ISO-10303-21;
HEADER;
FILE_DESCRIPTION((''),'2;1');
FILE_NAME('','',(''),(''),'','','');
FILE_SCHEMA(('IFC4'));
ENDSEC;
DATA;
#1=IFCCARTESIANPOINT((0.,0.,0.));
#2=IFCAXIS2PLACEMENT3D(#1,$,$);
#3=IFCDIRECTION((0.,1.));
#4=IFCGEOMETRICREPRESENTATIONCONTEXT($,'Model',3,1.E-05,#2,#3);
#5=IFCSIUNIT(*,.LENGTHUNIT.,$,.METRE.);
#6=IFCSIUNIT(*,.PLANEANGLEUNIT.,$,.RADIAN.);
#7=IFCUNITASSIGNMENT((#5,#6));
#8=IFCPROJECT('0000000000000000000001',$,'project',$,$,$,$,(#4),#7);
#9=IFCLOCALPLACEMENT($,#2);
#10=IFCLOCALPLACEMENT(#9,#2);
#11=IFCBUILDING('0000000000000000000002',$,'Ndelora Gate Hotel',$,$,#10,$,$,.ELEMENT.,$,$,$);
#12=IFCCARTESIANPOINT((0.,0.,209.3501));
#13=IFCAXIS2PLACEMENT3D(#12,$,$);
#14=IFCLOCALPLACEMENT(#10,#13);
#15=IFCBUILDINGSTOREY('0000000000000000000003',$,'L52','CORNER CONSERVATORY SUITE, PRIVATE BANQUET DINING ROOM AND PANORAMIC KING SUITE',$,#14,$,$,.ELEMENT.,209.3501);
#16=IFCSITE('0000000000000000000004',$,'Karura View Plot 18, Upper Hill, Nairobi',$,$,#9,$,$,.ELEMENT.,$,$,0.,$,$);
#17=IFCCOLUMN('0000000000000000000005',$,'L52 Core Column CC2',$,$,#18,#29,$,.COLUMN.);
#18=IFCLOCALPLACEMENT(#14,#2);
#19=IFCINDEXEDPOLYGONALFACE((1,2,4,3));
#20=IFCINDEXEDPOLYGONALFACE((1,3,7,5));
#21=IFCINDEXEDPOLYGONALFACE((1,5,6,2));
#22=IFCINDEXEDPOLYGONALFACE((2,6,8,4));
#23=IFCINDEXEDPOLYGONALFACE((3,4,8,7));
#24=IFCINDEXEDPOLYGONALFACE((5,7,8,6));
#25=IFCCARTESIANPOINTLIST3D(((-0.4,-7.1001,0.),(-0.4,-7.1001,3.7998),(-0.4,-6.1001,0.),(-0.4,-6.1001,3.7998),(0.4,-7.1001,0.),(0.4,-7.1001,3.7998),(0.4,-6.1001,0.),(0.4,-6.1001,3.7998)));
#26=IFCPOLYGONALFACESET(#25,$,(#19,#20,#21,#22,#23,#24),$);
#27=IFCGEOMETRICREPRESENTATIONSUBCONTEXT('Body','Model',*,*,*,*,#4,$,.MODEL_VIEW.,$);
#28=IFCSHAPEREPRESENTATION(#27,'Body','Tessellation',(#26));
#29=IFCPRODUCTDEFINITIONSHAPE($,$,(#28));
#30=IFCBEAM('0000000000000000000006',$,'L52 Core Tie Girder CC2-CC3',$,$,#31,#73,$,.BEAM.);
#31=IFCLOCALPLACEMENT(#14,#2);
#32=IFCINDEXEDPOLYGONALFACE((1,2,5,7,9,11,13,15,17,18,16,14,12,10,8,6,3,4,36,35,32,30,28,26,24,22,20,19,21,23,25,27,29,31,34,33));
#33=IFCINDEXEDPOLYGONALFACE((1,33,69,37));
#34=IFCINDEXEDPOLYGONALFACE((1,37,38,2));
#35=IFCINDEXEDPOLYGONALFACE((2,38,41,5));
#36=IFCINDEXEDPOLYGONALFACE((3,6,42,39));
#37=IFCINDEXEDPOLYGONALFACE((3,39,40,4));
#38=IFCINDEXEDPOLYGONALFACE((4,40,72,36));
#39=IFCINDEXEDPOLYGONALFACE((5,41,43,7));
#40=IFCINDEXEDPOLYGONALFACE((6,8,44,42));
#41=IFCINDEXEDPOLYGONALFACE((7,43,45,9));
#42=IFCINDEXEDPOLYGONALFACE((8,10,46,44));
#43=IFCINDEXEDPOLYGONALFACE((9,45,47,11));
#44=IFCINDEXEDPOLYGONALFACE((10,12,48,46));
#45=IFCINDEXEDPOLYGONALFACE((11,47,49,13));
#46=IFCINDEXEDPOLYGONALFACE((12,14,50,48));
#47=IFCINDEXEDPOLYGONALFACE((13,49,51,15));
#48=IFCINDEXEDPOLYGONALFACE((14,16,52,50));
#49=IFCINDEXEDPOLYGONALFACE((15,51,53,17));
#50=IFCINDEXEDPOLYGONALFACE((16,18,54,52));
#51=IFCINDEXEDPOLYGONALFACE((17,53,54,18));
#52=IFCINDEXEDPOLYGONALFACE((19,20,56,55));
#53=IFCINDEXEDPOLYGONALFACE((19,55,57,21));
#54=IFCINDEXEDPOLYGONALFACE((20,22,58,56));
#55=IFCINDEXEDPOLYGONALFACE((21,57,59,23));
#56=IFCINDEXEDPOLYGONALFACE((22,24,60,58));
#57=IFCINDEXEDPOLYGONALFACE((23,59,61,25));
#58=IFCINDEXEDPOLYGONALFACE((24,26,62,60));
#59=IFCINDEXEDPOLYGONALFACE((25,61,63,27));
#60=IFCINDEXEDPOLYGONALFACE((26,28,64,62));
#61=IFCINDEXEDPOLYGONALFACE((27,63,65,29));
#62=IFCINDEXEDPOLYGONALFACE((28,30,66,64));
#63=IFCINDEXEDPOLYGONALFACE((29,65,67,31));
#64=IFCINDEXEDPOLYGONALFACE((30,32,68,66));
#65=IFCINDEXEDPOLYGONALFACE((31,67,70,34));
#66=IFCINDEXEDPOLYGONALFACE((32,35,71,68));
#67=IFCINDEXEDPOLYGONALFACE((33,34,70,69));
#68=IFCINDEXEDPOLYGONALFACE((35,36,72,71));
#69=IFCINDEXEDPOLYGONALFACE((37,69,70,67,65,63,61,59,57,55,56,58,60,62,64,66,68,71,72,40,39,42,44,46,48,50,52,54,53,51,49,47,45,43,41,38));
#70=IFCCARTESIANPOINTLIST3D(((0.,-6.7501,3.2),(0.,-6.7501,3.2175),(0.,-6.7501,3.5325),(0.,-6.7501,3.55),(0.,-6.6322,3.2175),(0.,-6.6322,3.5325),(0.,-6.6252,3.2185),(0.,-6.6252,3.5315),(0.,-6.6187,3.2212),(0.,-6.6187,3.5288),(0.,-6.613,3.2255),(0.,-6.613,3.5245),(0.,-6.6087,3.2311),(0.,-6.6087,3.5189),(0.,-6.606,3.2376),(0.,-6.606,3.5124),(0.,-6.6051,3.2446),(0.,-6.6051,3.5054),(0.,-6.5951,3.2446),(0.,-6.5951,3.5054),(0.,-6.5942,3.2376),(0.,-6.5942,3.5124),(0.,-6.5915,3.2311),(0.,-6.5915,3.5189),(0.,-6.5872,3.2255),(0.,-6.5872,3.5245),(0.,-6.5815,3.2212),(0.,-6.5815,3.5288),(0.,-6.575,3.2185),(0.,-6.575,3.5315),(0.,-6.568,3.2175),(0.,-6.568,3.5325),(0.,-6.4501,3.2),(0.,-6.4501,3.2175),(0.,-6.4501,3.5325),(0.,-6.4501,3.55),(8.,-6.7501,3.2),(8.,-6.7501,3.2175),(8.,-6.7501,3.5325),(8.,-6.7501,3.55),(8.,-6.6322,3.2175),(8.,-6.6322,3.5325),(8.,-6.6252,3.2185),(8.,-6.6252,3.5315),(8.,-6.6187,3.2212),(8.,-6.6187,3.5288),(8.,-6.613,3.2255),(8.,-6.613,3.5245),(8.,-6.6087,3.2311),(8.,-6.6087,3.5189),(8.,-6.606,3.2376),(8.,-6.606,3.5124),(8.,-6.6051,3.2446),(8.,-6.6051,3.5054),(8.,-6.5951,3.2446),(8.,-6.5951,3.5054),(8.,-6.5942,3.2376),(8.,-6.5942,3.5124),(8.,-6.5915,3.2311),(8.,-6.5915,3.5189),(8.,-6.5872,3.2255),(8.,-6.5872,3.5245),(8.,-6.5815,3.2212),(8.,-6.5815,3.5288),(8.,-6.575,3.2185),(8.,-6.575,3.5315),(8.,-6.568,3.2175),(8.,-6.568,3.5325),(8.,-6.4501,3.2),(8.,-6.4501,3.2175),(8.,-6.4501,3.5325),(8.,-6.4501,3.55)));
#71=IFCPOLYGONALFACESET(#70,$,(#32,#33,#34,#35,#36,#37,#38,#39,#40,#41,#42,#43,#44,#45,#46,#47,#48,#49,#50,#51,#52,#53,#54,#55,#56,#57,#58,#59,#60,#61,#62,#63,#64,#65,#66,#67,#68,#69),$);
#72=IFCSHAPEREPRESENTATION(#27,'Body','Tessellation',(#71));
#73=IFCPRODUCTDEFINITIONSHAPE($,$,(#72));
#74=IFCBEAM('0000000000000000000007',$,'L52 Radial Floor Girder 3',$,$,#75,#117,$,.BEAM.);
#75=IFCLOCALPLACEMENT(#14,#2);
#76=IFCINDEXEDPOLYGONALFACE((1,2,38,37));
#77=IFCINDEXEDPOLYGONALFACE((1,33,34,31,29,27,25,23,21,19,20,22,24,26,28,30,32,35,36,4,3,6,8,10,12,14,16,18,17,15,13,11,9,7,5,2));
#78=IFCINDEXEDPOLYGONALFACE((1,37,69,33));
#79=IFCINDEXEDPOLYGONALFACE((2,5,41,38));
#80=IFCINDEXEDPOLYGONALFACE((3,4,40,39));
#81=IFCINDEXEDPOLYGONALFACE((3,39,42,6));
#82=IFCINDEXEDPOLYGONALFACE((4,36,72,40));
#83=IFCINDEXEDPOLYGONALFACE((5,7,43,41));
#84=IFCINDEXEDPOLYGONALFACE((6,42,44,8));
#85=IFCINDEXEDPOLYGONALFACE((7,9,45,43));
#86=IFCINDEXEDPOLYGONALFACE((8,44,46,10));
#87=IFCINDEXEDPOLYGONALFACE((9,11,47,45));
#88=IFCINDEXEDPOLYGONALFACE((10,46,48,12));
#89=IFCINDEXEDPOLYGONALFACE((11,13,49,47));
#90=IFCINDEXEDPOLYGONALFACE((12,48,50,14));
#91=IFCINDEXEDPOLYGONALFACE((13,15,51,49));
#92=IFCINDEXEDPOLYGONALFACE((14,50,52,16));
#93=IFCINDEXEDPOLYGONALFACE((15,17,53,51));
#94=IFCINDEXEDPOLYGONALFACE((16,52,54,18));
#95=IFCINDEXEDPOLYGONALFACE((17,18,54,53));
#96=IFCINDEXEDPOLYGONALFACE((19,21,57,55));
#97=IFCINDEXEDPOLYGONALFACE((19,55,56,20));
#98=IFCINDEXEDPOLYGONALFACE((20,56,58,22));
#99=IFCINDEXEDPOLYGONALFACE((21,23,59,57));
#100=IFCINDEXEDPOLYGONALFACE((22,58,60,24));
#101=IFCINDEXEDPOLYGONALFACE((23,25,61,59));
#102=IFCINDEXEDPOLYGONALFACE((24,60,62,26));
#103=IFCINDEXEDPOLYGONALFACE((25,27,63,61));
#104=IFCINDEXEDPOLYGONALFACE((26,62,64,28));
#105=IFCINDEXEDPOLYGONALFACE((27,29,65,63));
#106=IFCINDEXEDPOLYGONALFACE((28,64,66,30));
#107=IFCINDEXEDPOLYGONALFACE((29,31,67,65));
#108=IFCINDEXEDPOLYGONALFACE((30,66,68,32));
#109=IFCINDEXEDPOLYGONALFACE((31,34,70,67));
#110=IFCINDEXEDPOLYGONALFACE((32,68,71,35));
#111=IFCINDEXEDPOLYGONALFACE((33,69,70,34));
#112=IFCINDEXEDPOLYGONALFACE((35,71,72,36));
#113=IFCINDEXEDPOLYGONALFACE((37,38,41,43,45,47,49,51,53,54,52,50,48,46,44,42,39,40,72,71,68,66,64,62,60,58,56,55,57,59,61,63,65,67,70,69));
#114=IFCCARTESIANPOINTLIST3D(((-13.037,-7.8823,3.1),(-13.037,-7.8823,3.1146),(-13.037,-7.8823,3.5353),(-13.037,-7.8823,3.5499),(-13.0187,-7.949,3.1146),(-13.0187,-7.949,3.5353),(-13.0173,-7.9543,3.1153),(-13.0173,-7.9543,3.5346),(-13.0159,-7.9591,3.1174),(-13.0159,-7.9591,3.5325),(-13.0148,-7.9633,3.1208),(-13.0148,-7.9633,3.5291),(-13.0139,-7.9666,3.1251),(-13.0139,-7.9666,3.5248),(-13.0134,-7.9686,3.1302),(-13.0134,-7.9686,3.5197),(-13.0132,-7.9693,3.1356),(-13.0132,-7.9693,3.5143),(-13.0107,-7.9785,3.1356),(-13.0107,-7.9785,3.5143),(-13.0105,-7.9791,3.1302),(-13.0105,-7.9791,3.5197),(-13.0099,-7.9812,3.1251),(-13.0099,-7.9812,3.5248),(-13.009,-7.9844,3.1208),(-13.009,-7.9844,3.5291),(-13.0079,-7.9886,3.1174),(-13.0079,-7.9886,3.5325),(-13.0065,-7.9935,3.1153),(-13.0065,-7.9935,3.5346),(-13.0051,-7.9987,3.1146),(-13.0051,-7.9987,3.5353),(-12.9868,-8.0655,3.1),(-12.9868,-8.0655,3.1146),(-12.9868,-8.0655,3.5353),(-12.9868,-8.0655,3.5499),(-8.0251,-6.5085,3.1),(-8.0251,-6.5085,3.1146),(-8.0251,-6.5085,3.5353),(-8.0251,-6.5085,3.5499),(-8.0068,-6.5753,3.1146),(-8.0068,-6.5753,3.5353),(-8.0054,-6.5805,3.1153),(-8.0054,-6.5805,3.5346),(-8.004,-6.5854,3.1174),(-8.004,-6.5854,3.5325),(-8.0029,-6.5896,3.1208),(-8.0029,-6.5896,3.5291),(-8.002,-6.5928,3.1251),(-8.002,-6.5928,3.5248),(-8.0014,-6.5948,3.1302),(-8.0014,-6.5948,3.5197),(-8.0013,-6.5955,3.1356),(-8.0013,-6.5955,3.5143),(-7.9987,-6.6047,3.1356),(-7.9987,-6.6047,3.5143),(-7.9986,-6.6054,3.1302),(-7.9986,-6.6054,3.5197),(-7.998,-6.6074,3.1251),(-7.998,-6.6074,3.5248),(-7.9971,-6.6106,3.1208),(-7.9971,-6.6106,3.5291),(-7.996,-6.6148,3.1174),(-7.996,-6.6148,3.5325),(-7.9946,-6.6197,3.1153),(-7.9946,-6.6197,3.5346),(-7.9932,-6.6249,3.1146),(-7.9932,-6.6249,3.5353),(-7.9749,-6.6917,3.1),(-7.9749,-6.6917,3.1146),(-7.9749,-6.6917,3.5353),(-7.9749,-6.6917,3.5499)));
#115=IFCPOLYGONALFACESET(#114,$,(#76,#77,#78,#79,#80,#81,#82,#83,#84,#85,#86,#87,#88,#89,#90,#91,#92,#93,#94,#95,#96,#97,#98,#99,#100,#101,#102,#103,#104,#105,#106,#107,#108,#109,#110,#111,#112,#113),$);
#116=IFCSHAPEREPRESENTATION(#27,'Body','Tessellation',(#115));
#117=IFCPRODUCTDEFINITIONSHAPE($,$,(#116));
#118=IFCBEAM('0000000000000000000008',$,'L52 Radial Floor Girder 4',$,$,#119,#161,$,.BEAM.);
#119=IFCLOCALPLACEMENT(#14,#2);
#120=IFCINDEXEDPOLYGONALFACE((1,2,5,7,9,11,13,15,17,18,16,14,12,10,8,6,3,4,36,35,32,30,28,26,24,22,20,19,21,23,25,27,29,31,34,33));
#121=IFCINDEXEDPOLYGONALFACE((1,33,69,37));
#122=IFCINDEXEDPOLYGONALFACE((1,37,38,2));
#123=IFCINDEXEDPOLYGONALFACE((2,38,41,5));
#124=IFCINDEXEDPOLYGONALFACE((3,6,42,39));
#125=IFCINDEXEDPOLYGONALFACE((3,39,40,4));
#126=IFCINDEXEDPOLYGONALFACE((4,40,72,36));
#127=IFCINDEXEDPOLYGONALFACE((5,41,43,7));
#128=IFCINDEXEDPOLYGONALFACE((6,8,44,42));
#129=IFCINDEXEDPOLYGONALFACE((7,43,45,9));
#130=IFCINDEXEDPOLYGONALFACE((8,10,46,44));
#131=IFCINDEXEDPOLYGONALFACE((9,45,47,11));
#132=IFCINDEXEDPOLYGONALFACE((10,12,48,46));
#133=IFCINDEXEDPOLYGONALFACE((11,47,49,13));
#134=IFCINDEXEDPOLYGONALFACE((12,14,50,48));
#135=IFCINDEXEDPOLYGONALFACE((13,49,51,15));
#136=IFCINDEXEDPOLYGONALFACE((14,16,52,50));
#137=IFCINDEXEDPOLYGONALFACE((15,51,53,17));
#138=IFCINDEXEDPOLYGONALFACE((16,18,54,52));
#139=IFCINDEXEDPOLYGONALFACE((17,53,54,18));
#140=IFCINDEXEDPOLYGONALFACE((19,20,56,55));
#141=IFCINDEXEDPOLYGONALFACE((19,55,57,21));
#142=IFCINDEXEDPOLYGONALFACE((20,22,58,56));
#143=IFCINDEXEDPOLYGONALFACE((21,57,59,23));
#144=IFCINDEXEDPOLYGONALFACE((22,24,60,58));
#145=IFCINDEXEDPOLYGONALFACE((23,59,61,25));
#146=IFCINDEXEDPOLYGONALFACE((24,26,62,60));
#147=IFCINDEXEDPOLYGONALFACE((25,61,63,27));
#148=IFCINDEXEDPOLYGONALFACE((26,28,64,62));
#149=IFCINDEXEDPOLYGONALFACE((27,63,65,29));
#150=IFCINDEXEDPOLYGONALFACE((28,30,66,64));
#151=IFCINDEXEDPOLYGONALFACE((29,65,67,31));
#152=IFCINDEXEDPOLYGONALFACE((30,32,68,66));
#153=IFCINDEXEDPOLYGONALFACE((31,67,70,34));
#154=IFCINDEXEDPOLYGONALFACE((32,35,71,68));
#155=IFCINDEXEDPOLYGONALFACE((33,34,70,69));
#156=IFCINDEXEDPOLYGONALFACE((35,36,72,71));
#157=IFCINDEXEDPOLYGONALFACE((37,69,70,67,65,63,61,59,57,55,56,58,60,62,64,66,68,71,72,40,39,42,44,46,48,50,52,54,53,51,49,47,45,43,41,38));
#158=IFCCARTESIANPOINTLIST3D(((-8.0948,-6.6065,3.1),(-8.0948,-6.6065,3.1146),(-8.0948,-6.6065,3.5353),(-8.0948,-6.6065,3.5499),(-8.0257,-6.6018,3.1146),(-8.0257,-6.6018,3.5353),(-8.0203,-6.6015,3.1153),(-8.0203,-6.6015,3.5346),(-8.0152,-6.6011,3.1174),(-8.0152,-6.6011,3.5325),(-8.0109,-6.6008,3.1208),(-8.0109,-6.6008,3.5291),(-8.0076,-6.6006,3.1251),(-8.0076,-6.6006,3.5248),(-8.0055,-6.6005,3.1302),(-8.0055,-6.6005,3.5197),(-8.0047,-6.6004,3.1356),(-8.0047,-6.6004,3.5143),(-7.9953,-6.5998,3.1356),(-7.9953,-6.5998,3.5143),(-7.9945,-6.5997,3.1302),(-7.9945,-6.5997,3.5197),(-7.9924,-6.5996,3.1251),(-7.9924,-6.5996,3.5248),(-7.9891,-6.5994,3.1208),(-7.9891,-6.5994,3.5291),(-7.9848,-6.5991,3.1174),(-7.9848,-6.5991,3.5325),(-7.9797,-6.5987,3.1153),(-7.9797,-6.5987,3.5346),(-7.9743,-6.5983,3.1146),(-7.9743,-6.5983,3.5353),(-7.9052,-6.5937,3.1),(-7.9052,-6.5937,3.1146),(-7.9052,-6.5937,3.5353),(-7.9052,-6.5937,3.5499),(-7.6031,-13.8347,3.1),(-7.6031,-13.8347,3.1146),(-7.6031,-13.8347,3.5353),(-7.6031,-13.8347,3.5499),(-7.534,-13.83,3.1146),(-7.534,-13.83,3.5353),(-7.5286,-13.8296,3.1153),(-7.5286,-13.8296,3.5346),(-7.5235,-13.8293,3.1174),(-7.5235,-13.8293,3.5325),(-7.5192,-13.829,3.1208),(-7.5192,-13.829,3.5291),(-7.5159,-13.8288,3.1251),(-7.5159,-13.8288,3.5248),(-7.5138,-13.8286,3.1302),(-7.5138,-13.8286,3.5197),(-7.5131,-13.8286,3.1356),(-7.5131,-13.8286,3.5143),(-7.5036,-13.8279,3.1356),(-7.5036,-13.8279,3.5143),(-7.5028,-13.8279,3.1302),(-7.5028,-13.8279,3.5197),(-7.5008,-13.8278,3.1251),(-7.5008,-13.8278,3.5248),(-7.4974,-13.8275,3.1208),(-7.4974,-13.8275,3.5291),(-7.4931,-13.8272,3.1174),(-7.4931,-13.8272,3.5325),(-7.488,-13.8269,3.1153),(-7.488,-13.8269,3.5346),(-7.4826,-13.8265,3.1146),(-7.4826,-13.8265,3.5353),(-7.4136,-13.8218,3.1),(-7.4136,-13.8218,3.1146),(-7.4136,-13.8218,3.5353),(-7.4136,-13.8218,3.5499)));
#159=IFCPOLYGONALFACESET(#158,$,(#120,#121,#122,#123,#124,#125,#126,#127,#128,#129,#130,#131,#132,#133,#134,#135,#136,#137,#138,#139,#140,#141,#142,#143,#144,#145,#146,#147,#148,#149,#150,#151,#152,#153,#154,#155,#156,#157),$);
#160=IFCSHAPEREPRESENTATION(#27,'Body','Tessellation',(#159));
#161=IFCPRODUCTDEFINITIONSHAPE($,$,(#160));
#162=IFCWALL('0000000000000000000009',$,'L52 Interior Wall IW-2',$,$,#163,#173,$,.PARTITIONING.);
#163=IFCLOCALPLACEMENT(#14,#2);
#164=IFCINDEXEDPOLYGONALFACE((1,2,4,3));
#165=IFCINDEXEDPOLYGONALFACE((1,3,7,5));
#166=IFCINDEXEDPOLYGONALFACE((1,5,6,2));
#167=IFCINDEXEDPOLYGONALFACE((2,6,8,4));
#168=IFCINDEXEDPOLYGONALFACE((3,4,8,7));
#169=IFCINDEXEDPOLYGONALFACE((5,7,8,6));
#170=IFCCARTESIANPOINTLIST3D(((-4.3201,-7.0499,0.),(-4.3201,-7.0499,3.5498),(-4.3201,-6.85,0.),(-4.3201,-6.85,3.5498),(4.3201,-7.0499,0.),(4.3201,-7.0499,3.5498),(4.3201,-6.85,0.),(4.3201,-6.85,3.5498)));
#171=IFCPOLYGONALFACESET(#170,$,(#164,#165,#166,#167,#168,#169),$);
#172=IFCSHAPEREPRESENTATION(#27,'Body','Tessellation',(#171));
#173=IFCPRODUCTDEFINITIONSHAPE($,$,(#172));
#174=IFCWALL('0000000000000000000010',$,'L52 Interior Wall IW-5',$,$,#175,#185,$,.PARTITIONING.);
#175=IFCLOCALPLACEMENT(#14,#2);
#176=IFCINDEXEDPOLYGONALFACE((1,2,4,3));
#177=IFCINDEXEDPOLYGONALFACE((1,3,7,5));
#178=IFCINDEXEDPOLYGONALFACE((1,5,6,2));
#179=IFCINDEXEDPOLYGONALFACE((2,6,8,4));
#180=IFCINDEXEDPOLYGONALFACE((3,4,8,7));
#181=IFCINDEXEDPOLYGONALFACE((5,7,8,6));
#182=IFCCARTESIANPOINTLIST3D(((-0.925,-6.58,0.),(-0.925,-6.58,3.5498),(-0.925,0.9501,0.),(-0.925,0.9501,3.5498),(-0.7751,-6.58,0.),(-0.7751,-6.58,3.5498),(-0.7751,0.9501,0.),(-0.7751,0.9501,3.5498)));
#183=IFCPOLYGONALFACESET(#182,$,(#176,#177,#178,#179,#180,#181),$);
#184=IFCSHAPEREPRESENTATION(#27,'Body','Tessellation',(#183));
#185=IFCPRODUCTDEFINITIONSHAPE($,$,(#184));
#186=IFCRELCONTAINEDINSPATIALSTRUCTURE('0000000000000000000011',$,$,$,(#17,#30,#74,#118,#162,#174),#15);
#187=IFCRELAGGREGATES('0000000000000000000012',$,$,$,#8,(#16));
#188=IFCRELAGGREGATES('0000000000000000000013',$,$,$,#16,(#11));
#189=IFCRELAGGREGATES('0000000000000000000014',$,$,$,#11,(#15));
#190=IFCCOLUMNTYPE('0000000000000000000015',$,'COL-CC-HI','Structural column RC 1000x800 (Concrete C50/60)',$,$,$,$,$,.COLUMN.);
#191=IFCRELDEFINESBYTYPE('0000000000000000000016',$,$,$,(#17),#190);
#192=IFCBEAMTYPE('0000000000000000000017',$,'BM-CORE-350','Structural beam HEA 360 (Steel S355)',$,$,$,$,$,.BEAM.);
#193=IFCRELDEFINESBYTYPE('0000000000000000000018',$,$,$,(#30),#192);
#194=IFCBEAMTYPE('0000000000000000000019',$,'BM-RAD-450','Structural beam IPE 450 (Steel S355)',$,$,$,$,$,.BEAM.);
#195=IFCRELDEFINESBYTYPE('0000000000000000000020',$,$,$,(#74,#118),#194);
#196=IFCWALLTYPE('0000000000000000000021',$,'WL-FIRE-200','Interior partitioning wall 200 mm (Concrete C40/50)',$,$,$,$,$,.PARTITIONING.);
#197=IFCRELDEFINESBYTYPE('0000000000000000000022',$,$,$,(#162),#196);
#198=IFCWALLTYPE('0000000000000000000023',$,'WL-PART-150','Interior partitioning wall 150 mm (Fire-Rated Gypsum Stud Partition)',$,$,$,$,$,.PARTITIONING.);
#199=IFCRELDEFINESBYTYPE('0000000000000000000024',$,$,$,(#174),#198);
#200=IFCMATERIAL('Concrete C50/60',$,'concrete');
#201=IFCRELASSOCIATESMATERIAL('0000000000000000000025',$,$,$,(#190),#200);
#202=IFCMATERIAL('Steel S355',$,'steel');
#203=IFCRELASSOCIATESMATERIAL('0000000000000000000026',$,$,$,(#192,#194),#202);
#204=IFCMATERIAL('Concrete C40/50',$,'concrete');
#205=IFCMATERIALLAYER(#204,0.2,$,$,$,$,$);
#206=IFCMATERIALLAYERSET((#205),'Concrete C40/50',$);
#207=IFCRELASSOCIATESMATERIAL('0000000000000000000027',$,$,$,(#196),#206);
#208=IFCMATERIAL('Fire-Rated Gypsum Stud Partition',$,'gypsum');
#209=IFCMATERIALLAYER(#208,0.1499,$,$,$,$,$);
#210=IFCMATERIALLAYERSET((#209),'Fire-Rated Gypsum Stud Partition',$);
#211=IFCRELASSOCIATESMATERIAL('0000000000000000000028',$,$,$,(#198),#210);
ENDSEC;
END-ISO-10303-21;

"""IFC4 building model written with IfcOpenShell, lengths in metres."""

from ifc_helpers import new_model, si_unit, direction, frame, frame_2d, origin, origin_2d, place, context, subcontext, project, spatial, rectangle, i_section, extrude, material, layer, layer_set, material_profile, profile_set, type_object, element, save


model = new_model("IFC4")

# Units and contexts
model_context = context("Model", 3, precision=1e-05, world=origin(), true_north=direction((0.0, 1.0)))
body_context = subcontext(model_context, "Body", "Model", "MODEL_VIEW")
ifc_project = project(units=[si_unit("LENGTHUNIT", "METRE"), si_unit("PLANEANGLEUNIT", "RADIAN")], contexts=[model_context])

# Site, building, storey
site_placement = place(None, origin())
site = spatial("IfcSite", under=ifc_project, at=site_placement, Name="Karura View Plot 18, Upper Hill, Nairobi", CompositionType="ELEMENT", RefElevation=0.0)
building_placement = place(site_placement, origin())
building = spatial("IfcBuilding", under=site, at=building_placement, Name="Ndelora Gate Hotel", CompositionType="ELEMENT")
storey_placement = place(building_placement, frame((0.0, 0.0, 209.3501)))
storey = spatial("IfcBuildingStorey", under=building, at=storey_placement, Name="L52", Description="CORNER CONSERVATORY SUITE, PRIVATE BANQUET DINING ROOM AND PANORAMIC KING SUITE", CompositionType="ELEMENT", Elevation=209.3501)

# Column
ifc_material_1 = material(Name="Concrete C50/60", Category="concrete")
ifc_material_profile_1 = material_profile(ifc_material_1, rectangle(XDim=0.8, YDim=1.0, at=origin_2d()), Name="RC 1000x800")
ifc_profile_set_1 = profile_set([ifc_material_profile_1], Name="Concrete C50/60")
column_type = type_object("IfcColumnType", Name="COL-CC-HI", Description="Structural column RC 1000x800 (Concrete C50/60)", PredefinedType="COLUMN", material=ifc_profile_set_1)
column_placement = place(storey_placement, frame((0.0, -6.6001, 0.0), z_axis=(0.0, 0.0, 1.0), x_axis=(1.0, 0.0, 0.0)))
element("IfcColumn", 1, at=column_placement, inside=storey, type_object=column_type, Name="L52 Core Column CC2", PredefinedType="COLUMN", context=body_context, shape_type="SweptSolid", body=[
    extrude(rectangle(XDim=0.8, YDim=1.0, at=origin_2d()), origin(), (0.0, 0.0, 1.0), 3.7998),
])

# Beams
ifc_material_2 = material(Name="Steel S355", Category="steel")
ifc_material_profile_2 = material_profile(ifc_material_2, i_section(OverallWidth=0.3, OverallDepth=0.3501, WebThickness=0.01, FlangeThickness=0.0176, FilletRadius=0.0271, at=origin_2d()), Name="HEA 360")
ifc_profile_set_2 = profile_set([ifc_material_profile_2], Name="Steel S355")
beam_type_1 = type_object("IfcBeamType", Name="BM-CORE-350", Description="Structural beam HEA 360 (Steel S355)", PredefinedType="BEAM", material=ifc_profile_set_2)
beam_1_placement = place(storey_placement, frame((0.0, -6.6001, 3.375), z_axis=(1.0, 0.0, 0.0), x_axis=(0.0, 1.0, 0.0)))
element("IfcBeam", 2, at=beam_1_placement, inside=storey, type_object=beam_type_1, Name="L52 Core Tie Girder CC2-CC3", PredefinedType="BEAM", context=body_context, shape_type="SweptSolid", body=[
    extrude(i_section(OverallWidth=0.3, OverallDepth=0.3501, WebThickness=0.01, FlangeThickness=0.0176, FilletRadius=0.0271, at=origin_2d()), origin(), (0.0, 0.0, 1.0), 8.0),
])
ifc_material_profile_3 = material_profile(ifc_material_2, i_section(OverallWidth=0.1899, OverallDepth=0.45, WebThickness=0.0095, FlangeThickness=0.0146, FilletRadius=0.021, at=origin_2d()), Name="IPE 450")
ifc_profile_set_3 = profile_set([ifc_material_profile_3], Name="Steel S355")
beam_type_2 = type_object("IfcBeamType", Name="BM-RAD-450", Description="Structural beam IPE 450 (Steel S355)", PredefinedType="BEAM", material=ifc_profile_set_3)
beam_2_placement = place(storey_placement, frame((-8.0, -6.6001, 3.325), z_axis=(-0.964427, -0.264349, 0.0), x_axis=(0.264349, -0.964427, 0.0)))
element("IfcBeam", 3, at=beam_2_placement, inside=storey, type_object=beam_type_2, Name="L52 Radial Floor Girder 3", PredefinedType="BEAM", context=body_context, shape_type="SweptSolid", body=[
    extrude(i_section(OverallWidth=0.1899, OverallDepth=0.45, WebThickness=0.0095, FlangeThickness=0.0146, FilletRadius=0.021, at=origin_2d()), origin(), (0.0, 0.0, 1.0), 5.1968),
])
beam_3_placement = place(storey_placement, frame((-8.0, -6.6001, 3.325), z_axis=(0.067868, -0.997694, 0.0), x_axis=(0.997694, 0.067868, 0.0)))
element("IfcBeam", 4, at=beam_3_placement, inside=storey, type_object=beam_type_2, Name="L52 Radial Floor Girder 4", PredefinedType="BEAM", context=body_context, shape_type="SweptSolid", body=[
    extrude(i_section(OverallWidth=0.1899, OverallDepth=0.45, WebThickness=0.0095, FlangeThickness=0.0146, FilletRadius=0.021, at=origin_2d()), origin(), (0.0, 0.0, 1.0), 7.2449),
])

# Walls
ifc_material_3 = material(Name="Concrete C40/50", Category="concrete")
ifc_layer_1 = layer(ifc_material_3, 0.2)
ifc_layer_set_1 = layer_set([ifc_layer_1], Name="Concrete C40/50")
wall_type_1 = type_object("IfcWallType", Name="WL-FIRE-200", Description="Interior partitioning wall 200 mm (Concrete C40/50)", PredefinedType="PARTITIONING", material=ifc_layer_set_1)
wall_1_placement = place(storey_placement, frame((-4.3201, -6.95, 0.0), z_axis=(0.0, 0.0, 1.0), x_axis=(1.0, 0.0, 0.0)))
element("IfcWall", 5, at=wall_1_placement, inside=storey, type_object=wall_type_1, Name="L52 Interior Wall IW-2", PredefinedType="PARTITIONING", context=body_context, shape_type="SweptSolid", body=[
    extrude(rectangle(XDim=8.6401, YDim=0.2, at=frame_2d((4.3201, 0.0))), origin(), (0.0, 0.0, 1.0), 3.5498),
])
ifc_material_4 = material(Name="Fire-Rated Gypsum Stud Partition", Category="gypsum")
ifc_layer_2 = layer(ifc_material_4, 0.1499)
ifc_layer_set_2 = layer_set([ifc_layer_2], Name="Fire-Rated Gypsum Stud Partition")
wall_type_2 = type_object("IfcWallType", Name="WL-PART-150", Description="Interior partitioning wall 150 mm (Fire-Rated Gypsum Stud Partition)", PredefinedType="PARTITIONING", material=ifc_layer_set_2)
wall_2_placement = place(storey_placement, frame((-0.8501, -6.5801, 0.0), z_axis=(0.0, 0.0, 1.0), x_axis=(0.0, 1.0, 0.0)))
element("IfcWall", 6, at=wall_2_placement, inside=storey, type_object=wall_type_2, Name="L52 Interior Wall IW-5", PredefinedType="PARTITIONING", context=body_context, shape_type="SweptSolid", body=[
    extrude(rectangle(XDim=7.53, YDim=0.1499, at=frame_2d((3.7651, 0.0))), origin(), (0.0, 0.0, 1.0), 3.5498),
])

save(model, "model.ifc")
